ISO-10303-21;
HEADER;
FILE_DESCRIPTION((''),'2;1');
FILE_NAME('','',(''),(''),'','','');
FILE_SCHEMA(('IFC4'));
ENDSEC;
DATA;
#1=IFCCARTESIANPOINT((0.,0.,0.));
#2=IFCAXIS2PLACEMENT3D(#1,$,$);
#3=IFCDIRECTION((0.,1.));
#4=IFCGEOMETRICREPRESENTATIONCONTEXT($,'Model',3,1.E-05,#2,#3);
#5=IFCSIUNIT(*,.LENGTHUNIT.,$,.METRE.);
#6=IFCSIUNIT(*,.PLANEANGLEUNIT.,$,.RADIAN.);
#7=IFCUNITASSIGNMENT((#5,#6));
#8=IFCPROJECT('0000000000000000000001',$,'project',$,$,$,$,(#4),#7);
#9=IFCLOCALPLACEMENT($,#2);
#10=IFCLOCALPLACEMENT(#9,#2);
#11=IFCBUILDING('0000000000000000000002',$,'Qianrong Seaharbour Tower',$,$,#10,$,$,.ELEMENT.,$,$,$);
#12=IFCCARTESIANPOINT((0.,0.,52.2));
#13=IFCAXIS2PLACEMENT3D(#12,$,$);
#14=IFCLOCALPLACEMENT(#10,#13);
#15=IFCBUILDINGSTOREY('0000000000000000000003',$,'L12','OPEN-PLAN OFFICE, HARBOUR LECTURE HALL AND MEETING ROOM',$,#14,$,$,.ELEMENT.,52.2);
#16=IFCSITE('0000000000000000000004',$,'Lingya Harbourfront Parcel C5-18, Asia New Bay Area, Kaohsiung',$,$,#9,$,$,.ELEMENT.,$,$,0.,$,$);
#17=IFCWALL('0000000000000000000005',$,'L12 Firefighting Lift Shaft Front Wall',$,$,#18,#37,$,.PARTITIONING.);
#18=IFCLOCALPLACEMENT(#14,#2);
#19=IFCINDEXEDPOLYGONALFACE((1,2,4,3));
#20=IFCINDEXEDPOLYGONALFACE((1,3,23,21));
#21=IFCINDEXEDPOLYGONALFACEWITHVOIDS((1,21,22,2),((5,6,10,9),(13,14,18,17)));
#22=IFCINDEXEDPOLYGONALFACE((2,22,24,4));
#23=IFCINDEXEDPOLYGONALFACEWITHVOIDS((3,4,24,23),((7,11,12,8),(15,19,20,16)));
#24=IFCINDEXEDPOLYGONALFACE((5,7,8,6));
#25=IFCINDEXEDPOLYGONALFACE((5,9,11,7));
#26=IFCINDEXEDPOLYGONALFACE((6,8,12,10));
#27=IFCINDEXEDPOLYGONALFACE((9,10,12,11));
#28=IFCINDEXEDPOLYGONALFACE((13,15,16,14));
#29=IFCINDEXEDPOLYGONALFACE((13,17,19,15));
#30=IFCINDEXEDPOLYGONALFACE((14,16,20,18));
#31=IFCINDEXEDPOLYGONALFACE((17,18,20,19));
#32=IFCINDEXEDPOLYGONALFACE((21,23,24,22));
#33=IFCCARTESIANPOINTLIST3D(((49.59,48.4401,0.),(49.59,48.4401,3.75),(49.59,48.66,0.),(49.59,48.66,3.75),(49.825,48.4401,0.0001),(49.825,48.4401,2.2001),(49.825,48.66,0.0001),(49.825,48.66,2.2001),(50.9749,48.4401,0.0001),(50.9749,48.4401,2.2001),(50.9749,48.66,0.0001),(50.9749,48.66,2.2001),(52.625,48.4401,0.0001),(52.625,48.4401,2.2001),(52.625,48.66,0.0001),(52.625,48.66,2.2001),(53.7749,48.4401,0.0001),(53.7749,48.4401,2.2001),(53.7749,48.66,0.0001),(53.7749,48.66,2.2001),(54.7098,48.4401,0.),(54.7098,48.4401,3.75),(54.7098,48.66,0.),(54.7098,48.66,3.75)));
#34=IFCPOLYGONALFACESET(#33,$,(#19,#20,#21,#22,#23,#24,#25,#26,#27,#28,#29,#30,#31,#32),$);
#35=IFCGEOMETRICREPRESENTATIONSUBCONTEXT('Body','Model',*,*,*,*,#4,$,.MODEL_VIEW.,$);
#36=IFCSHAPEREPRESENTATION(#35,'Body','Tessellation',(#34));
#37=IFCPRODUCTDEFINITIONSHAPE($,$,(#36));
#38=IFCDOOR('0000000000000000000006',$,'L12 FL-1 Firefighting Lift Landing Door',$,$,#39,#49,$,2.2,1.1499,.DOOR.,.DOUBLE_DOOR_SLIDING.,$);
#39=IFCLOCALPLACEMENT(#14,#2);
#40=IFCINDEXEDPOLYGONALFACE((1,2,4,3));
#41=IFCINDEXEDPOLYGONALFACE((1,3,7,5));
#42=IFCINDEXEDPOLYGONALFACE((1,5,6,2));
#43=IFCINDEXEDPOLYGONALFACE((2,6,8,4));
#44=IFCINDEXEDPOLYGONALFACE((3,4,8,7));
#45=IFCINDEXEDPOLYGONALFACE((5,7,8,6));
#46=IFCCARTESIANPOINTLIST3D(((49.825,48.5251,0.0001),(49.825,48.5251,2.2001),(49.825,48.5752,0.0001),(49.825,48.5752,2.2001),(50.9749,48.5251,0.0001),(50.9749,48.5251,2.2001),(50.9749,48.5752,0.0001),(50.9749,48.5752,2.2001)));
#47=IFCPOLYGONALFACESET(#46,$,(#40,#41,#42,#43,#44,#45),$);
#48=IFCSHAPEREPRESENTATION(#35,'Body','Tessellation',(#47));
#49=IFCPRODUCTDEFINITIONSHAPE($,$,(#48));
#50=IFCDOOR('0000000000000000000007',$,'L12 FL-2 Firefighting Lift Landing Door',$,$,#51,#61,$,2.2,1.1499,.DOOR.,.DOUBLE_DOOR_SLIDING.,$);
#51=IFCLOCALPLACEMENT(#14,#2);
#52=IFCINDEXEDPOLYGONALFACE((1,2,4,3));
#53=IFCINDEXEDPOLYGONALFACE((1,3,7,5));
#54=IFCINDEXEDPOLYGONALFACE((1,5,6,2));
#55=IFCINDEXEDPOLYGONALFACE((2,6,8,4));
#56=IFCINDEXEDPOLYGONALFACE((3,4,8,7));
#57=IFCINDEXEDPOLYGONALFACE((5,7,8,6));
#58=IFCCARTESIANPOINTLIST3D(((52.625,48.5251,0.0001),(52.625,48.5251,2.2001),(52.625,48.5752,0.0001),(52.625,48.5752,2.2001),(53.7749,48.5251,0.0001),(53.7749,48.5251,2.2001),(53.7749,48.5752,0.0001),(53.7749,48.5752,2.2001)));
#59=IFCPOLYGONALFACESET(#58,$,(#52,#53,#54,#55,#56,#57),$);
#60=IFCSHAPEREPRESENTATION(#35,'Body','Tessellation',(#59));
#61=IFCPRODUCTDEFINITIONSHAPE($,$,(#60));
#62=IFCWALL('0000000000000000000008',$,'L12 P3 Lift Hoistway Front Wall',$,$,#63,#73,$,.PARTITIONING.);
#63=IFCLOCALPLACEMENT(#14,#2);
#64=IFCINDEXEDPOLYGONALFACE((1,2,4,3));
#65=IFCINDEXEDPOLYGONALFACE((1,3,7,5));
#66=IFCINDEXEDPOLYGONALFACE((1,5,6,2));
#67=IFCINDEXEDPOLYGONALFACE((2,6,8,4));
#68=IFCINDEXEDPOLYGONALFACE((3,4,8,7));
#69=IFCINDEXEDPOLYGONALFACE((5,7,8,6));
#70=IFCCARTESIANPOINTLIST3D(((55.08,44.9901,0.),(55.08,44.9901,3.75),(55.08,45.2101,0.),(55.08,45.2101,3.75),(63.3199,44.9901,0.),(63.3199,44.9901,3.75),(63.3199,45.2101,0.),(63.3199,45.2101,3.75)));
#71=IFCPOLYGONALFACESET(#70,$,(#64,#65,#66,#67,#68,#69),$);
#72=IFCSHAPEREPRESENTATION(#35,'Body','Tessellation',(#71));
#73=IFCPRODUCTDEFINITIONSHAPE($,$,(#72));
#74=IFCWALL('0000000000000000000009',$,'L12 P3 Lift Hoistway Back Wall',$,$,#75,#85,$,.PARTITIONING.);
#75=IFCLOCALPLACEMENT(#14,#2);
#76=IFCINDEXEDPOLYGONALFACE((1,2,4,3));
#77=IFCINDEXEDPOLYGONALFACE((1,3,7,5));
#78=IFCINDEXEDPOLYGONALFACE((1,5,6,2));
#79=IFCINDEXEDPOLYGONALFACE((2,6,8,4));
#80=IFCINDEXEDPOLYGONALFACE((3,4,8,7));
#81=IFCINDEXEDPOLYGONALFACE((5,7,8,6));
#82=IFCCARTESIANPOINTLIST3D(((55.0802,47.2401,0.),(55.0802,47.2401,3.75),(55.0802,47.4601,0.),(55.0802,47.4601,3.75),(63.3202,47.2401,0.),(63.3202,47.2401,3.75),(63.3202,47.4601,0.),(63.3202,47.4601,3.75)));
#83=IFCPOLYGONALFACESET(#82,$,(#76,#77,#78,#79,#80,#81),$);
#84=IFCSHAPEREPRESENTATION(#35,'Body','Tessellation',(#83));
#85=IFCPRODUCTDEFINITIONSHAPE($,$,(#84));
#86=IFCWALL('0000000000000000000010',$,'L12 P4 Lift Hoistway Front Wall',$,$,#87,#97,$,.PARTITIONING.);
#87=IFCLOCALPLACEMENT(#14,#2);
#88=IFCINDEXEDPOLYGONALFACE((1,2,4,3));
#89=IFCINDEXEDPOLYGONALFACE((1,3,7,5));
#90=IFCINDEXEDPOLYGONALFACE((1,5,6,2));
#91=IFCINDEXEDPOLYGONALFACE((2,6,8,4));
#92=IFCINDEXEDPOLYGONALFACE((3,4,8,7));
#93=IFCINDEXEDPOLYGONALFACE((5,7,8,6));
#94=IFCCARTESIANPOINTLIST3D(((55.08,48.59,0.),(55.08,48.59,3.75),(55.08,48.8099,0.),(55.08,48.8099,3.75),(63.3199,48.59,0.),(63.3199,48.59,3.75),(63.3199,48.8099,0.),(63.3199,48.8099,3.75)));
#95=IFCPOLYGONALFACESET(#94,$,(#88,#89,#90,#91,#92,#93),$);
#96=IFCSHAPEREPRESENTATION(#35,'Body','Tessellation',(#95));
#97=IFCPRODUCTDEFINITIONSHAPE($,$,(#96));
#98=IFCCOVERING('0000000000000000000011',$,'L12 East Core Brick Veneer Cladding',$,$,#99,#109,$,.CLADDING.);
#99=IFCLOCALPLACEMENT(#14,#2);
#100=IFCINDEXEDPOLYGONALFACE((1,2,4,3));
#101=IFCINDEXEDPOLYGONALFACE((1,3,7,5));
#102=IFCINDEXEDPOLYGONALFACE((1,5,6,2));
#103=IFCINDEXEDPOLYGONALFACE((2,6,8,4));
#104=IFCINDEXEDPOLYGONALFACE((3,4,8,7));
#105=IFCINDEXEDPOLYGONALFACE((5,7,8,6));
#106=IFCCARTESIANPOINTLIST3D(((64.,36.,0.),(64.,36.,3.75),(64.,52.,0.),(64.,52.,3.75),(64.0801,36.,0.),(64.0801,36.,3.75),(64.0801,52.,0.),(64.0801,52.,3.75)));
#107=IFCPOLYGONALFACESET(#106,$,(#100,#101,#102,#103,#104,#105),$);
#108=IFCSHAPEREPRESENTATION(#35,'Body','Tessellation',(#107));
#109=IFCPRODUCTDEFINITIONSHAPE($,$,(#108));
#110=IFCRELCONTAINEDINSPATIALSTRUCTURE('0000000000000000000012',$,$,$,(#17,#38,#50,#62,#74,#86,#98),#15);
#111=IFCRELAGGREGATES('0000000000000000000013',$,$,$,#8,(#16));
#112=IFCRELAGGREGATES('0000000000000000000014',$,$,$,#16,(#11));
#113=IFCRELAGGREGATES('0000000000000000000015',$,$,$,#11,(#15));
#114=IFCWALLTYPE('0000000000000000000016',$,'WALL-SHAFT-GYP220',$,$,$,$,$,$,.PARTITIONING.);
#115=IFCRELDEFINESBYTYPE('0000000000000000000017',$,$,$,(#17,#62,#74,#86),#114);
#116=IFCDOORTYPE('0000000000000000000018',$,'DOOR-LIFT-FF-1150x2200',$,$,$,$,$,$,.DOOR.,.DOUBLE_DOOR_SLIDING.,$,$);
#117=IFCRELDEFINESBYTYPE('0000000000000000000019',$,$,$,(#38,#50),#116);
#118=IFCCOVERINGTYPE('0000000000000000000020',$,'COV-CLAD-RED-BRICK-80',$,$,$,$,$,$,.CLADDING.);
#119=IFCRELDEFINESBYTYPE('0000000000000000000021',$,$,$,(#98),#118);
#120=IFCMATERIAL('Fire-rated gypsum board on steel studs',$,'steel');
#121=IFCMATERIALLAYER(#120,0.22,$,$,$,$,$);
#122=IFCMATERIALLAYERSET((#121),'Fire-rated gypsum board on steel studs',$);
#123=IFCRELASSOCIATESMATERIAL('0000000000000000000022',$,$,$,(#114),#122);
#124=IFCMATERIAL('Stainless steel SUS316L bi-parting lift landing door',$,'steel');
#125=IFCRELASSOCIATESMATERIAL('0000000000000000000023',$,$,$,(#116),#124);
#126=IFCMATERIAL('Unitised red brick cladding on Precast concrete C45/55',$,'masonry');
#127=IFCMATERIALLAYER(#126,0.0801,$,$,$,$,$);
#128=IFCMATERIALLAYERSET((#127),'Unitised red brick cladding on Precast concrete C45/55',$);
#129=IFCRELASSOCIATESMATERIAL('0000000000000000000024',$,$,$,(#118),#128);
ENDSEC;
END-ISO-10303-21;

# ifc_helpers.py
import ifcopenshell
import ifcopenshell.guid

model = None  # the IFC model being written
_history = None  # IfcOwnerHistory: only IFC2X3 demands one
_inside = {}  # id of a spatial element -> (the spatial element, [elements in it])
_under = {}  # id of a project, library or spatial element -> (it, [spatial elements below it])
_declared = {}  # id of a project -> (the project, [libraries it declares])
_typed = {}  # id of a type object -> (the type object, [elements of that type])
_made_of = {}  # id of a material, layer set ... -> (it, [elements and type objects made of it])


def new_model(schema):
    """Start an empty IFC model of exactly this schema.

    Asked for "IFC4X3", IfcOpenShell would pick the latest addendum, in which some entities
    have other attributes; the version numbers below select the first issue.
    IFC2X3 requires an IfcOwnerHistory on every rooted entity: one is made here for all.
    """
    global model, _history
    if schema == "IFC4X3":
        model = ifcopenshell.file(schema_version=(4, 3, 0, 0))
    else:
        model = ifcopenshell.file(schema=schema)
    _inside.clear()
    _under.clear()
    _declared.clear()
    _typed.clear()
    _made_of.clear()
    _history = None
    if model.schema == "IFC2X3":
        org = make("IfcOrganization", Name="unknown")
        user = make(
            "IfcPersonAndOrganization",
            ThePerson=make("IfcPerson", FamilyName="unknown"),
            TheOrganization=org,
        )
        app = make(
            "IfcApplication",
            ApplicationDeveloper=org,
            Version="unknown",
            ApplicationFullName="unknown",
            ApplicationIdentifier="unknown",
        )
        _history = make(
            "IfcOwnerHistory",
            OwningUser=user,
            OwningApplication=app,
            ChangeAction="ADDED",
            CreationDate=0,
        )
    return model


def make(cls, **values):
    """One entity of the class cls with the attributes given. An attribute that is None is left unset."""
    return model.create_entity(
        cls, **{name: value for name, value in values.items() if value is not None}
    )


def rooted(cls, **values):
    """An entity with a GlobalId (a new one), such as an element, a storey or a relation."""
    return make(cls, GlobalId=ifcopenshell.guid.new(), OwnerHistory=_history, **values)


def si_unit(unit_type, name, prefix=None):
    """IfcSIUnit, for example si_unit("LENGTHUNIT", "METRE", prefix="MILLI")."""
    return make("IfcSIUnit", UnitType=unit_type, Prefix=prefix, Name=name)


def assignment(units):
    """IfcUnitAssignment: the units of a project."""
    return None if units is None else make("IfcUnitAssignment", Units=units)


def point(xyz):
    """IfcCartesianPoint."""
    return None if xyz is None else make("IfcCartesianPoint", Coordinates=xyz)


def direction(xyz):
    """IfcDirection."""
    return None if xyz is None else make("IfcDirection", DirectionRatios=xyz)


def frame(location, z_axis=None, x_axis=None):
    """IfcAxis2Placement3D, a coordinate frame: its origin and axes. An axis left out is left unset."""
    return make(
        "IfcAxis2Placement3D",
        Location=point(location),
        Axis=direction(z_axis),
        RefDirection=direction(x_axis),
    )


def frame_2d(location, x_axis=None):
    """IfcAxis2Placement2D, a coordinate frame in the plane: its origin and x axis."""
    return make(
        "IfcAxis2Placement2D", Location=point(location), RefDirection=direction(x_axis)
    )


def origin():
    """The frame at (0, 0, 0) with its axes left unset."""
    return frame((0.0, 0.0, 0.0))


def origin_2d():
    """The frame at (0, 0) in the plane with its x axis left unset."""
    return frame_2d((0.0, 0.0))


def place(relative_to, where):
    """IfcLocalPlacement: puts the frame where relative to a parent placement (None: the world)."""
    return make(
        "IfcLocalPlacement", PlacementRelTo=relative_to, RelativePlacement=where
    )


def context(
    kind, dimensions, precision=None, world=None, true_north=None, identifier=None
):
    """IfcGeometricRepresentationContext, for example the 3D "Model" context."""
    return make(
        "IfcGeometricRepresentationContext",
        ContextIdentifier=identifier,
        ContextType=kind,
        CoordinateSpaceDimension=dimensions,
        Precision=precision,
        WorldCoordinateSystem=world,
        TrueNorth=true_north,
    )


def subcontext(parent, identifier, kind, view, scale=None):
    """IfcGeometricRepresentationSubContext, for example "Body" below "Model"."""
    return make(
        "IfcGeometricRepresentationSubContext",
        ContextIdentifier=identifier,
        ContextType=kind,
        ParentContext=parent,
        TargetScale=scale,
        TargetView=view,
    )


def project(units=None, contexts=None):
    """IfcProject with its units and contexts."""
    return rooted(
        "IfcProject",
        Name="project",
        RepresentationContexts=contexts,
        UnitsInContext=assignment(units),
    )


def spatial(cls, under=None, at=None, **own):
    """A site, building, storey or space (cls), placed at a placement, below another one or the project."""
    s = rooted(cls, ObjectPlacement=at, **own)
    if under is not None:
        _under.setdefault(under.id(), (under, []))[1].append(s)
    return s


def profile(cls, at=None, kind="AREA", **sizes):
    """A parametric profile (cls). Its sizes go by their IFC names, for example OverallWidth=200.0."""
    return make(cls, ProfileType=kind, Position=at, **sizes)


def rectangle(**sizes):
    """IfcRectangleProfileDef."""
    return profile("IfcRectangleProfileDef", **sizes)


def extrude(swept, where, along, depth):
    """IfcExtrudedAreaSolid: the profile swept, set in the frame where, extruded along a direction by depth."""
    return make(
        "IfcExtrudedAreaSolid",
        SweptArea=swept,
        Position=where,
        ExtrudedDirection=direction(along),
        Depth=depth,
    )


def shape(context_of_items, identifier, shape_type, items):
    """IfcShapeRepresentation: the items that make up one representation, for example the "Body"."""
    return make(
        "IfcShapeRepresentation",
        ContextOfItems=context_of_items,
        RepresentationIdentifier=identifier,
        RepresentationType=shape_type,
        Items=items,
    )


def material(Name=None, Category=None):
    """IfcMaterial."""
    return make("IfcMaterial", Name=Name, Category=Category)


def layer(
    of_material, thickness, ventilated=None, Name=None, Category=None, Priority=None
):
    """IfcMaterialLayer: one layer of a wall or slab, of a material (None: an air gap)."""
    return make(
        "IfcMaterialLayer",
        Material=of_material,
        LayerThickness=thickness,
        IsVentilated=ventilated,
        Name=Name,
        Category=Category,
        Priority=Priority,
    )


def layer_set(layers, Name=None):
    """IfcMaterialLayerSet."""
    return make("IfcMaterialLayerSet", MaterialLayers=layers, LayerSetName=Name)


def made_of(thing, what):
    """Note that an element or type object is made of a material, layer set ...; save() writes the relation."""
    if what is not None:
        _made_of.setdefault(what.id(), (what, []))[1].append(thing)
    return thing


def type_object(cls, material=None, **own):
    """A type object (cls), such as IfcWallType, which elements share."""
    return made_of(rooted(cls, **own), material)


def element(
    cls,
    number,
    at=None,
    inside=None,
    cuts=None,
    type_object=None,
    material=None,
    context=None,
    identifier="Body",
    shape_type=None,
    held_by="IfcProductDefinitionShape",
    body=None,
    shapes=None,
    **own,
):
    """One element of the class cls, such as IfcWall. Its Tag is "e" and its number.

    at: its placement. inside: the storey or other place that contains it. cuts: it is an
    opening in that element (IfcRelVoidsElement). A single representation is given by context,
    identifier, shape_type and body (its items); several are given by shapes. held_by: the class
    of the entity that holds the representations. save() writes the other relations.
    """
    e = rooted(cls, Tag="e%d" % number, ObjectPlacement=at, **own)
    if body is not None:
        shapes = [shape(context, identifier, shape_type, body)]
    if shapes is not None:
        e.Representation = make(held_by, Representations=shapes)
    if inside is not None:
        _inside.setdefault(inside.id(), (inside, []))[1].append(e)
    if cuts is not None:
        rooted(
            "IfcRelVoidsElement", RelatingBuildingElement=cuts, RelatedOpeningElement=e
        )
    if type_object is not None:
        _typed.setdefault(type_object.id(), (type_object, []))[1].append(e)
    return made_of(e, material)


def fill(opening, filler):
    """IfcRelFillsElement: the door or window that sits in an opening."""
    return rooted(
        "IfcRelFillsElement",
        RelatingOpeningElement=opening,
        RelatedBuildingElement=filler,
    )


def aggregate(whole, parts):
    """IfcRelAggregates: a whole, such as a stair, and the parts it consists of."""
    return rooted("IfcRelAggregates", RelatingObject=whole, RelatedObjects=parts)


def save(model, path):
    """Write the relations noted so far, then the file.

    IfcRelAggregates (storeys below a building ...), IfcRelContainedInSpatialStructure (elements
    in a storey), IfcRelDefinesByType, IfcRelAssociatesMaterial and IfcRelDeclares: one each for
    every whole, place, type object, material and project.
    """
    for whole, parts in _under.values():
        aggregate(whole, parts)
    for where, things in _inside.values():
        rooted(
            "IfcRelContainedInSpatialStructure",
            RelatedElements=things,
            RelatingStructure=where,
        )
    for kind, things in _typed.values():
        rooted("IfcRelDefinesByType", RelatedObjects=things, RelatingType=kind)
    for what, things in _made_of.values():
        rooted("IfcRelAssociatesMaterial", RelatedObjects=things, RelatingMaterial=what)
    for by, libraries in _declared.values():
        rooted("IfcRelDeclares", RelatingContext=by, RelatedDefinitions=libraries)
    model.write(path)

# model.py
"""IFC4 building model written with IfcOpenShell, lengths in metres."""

from ifc_helpers import new_model, si_unit, direction, frame, frame_2d, origin, origin_2d, place, context, subcontext, project, spatial, rectangle, extrude, material, layer, layer_set, type_object, element, fill, save


model = new_model("IFC4")

# Units and contexts
model_context = context("Model", 3, precision=1e-05, world=origin(), true_north=direction((0.0, 1.0)))
body_context = subcontext(model_context, "Body", "Model", "MODEL_VIEW")
ifc_project = project(units=[si_unit("LENGTHUNIT", "METRE"), si_unit("PLANEANGLEUNIT", "RADIAN")], contexts=[model_context])

# Site, building, storey
site_placement = place(None, origin())
site = spatial("IfcSite", under=ifc_project, at=site_placement, Name="Lingya Harbourfront Parcel C5-18, Asia New Bay Area, Kaohsiung", CompositionType="ELEMENT", RefElevation=0.0)
building_placement = place(site_placement, origin())
building = spatial("IfcBuilding", under=site, at=building_placement, Name="Qianrong Seaharbour Tower", CompositionType="ELEMENT")
storey_placement = place(building_placement, frame((0.0, 0.0, 52.2)))
storey = spatial("IfcBuildingStorey", under=building, at=storey_placement, Name="L12", Description="OPEN-PLAN OFFICE, HARBOUR LECTURE HALL AND MEETING ROOM", CompositionType="ELEMENT", Elevation=52.2)

# Shared definitions
ifc_material_1 = material(Name="Fire-rated gypsum board on steel studs", Category="steel")

# Wall, openings, doors
ifc_layer_1 = layer(ifc_material_1, 0.22)
ifc_layer_set_1 = layer_set([ifc_layer_1], Name="Fire-rated gypsum board on steel studs")
wall_type_1 = type_object("IfcWallType", Name="WALL-SHAFT-GYP220", PredefinedType="PARTITIONING", material=ifc_layer_set_1)
wall_1_placement = place(storey_placement, frame((54.71, 48.55, 0.0), z_axis=(0.0, 0.0, 1.0), x_axis=(-1.0, 0.0, 0.0)))
wall_1 = element("IfcWall", 1, at=wall_1_placement, inside=storey, type_object=wall_type_1, Name="L12 Firefighting Lift Shaft Front Wall", PredefinedType="PARTITIONING", context=body_context, shape_type="SweptSolid", body=[
    extrude(rectangle(XDim=5.1199, YDim=0.22, at=frame_2d((2.5601, 0.0))), origin(), (0.0, 0.0, 1.0), 3.75),
])
opening_1_placement = place(wall_1_placement, frame((3.7351, 0.0, 0.0)))
opening_1 = element("IfcOpeningElement", 2, at=opening_1_placement, cuts=wall_1, PredefinedType="OPENING", context=body_context, shape_type="SweptSolid", body=[
    extrude(rectangle(XDim=1.1499, YDim=2.2, at=frame_2d((0.575, 1.1001))), frame((0.0, 0.1201, 0.0), z_axis=(0.0, -1.0, 0.0), x_axis=(1.0, 0.0, 0.0)), (0.0, 0.0, 1.0), 0.24),
])
opening_2_placement = place(wall_1_placement, frame((0.9351, 0.0, 0.0)))
opening_2 = element("IfcOpeningElement", 3, at=opening_2_placement, cuts=wall_1, PredefinedType="OPENING", context=body_context, shape_type="SweptSolid", body=[
    extrude(rectangle(XDim=1.1499, YDim=2.2, at=frame_2d((0.575, 1.1001))), frame((0.0, 0.1201, 0.0), z_axis=(0.0, -1.0, 0.0), x_axis=(1.0, 0.0, 0.0)), (0.0, 0.0, 1.0), 0.24),
])
ifc_material_2 = material(Name="Stainless steel SUS316L bi-parting lift landing door", Category="steel")
door_type_1 = type_object("IfcDoorType", Name="DOOR-LIFT-FF-1150x2200", OperationType="DOUBLE_DOOR_SLIDING", PredefinedType="DOOR", material=ifc_material_2)
door_1_placement = place(opening_1_placement, origin())
door_1 = element("IfcDoor", 4, at=door_1_placement, inside=storey, type_object=door_type_1, Name="L12 FL-1 Firefighting Lift Landing Door", OperationType="DOUBLE_DOOR_SLIDING", OverallHeight=2.2, OverallWidth=1.1499, PredefinedType="DOOR", context=body_context, shape_type="SweptSolid", body=[
    extrude(rectangle(XDim=1.1499, YDim=2.2, at=frame_2d((0.575, 1.1001))), frame((0.0, 0.0249, 0.0), z_axis=(0.0, -1.0, 0.0), x_axis=(1.0, 0.0, 0.0)), (0.0, 0.0, 1.0), 0.05),
])
fill(opening_1, door_1)
door_2_placement = place(opening_2_placement, origin())
door_2 = element("IfcDoor", 5, at=door_2_placement, inside=storey, type_object=door_type_1, Name="L12 FL-2 Firefighting Lift Landing Door", OperationType="DOUBLE_DOOR_SLIDING", OverallHeight=2.2, OverallWidth=1.1499, PredefinedType="DOOR", context=body_context, shape_type="SweptSolid", body=[
    extrude(rectangle(XDim=1.1499, YDim=2.2, at=frame_2d((0.575, 1.1001))), frame((0.0, 0.0249, 0.0), z_axis=(0.0, -1.0, 0.0), x_axis=(1.0, 0.0, 0.0)), (0.0, 0.0, 1.0), 0.05),
])
fill(opening_2, door_2)

# Walls
for number, where, z_axis, x_axis, name in (
    (6, (63.3201, 45.1001, 0.0), (0.0, 0.0, 1.0), (-1.0, 0.0, 0.0), "L12 P3 Lift Hoistway Front Wall"),
    (7, (55.0801, 47.3501, 0.0), (0.0, 0.0, 1.0), (1.0, 0.0, 0.0), "L12 P3 Lift Hoistway Back Wall"),
    (8, (63.3201, 48.7, 0.0), (0.0, 0.0, 1.0), (-1.0, 0.0, 0.0), "L12 P4 Lift Hoistway Front Wall"),
):
    element("IfcWall", number, at=place(storey_placement, frame(where, z_axis=z_axis, x_axis=x_axis)), inside=storey, type_object=wall_type_1, Name=name, PredefinedType="PARTITIONING", context=body_context, shape_type="SweptSolid", body=[
        extrude(rectangle(XDim=8.24, YDim=0.22, at=frame_2d((4.1201, 0.0))), origin(), (0.0, 0.0, 1.0), 3.75),
    ])

# Covering
ifc_material_3 = material(Name="Unitised red brick cladding on Precast concrete C45/55", Category="masonry")
ifc_layer_2 = layer(ifc_material_3, 0.0801)
ifc_layer_set_2 = layer_set([ifc_layer_2], Name="Unitised red brick cladding on Precast concrete C45/55")
covering_type = type_object("IfcCoveringType", Name="COV-CLAD-RED-BRICK-80", PredefinedType="CLADDING", material=ifc_layer_set_2)
covering_placement = place(storey_placement, frame((64.04, 44.0, 0.0), z_axis=(0.0, 0.0, 1.0), x_axis=(1.0, 0.0, 0.0)))
element("IfcCovering", 9, at=covering_placement, inside=storey, type_object=covering_type, Name="L12 East Core Brick Veneer Cladding", PredefinedType="CLADDING", context=body_context, shape_type="SweptSolid", body=[
    extrude(rectangle(XDim=0.0801, YDim=16.0, at=origin_2d()), origin(), (0.0, 0.0, 1.0), 3.75),
])

save(model, "model.ifc")
